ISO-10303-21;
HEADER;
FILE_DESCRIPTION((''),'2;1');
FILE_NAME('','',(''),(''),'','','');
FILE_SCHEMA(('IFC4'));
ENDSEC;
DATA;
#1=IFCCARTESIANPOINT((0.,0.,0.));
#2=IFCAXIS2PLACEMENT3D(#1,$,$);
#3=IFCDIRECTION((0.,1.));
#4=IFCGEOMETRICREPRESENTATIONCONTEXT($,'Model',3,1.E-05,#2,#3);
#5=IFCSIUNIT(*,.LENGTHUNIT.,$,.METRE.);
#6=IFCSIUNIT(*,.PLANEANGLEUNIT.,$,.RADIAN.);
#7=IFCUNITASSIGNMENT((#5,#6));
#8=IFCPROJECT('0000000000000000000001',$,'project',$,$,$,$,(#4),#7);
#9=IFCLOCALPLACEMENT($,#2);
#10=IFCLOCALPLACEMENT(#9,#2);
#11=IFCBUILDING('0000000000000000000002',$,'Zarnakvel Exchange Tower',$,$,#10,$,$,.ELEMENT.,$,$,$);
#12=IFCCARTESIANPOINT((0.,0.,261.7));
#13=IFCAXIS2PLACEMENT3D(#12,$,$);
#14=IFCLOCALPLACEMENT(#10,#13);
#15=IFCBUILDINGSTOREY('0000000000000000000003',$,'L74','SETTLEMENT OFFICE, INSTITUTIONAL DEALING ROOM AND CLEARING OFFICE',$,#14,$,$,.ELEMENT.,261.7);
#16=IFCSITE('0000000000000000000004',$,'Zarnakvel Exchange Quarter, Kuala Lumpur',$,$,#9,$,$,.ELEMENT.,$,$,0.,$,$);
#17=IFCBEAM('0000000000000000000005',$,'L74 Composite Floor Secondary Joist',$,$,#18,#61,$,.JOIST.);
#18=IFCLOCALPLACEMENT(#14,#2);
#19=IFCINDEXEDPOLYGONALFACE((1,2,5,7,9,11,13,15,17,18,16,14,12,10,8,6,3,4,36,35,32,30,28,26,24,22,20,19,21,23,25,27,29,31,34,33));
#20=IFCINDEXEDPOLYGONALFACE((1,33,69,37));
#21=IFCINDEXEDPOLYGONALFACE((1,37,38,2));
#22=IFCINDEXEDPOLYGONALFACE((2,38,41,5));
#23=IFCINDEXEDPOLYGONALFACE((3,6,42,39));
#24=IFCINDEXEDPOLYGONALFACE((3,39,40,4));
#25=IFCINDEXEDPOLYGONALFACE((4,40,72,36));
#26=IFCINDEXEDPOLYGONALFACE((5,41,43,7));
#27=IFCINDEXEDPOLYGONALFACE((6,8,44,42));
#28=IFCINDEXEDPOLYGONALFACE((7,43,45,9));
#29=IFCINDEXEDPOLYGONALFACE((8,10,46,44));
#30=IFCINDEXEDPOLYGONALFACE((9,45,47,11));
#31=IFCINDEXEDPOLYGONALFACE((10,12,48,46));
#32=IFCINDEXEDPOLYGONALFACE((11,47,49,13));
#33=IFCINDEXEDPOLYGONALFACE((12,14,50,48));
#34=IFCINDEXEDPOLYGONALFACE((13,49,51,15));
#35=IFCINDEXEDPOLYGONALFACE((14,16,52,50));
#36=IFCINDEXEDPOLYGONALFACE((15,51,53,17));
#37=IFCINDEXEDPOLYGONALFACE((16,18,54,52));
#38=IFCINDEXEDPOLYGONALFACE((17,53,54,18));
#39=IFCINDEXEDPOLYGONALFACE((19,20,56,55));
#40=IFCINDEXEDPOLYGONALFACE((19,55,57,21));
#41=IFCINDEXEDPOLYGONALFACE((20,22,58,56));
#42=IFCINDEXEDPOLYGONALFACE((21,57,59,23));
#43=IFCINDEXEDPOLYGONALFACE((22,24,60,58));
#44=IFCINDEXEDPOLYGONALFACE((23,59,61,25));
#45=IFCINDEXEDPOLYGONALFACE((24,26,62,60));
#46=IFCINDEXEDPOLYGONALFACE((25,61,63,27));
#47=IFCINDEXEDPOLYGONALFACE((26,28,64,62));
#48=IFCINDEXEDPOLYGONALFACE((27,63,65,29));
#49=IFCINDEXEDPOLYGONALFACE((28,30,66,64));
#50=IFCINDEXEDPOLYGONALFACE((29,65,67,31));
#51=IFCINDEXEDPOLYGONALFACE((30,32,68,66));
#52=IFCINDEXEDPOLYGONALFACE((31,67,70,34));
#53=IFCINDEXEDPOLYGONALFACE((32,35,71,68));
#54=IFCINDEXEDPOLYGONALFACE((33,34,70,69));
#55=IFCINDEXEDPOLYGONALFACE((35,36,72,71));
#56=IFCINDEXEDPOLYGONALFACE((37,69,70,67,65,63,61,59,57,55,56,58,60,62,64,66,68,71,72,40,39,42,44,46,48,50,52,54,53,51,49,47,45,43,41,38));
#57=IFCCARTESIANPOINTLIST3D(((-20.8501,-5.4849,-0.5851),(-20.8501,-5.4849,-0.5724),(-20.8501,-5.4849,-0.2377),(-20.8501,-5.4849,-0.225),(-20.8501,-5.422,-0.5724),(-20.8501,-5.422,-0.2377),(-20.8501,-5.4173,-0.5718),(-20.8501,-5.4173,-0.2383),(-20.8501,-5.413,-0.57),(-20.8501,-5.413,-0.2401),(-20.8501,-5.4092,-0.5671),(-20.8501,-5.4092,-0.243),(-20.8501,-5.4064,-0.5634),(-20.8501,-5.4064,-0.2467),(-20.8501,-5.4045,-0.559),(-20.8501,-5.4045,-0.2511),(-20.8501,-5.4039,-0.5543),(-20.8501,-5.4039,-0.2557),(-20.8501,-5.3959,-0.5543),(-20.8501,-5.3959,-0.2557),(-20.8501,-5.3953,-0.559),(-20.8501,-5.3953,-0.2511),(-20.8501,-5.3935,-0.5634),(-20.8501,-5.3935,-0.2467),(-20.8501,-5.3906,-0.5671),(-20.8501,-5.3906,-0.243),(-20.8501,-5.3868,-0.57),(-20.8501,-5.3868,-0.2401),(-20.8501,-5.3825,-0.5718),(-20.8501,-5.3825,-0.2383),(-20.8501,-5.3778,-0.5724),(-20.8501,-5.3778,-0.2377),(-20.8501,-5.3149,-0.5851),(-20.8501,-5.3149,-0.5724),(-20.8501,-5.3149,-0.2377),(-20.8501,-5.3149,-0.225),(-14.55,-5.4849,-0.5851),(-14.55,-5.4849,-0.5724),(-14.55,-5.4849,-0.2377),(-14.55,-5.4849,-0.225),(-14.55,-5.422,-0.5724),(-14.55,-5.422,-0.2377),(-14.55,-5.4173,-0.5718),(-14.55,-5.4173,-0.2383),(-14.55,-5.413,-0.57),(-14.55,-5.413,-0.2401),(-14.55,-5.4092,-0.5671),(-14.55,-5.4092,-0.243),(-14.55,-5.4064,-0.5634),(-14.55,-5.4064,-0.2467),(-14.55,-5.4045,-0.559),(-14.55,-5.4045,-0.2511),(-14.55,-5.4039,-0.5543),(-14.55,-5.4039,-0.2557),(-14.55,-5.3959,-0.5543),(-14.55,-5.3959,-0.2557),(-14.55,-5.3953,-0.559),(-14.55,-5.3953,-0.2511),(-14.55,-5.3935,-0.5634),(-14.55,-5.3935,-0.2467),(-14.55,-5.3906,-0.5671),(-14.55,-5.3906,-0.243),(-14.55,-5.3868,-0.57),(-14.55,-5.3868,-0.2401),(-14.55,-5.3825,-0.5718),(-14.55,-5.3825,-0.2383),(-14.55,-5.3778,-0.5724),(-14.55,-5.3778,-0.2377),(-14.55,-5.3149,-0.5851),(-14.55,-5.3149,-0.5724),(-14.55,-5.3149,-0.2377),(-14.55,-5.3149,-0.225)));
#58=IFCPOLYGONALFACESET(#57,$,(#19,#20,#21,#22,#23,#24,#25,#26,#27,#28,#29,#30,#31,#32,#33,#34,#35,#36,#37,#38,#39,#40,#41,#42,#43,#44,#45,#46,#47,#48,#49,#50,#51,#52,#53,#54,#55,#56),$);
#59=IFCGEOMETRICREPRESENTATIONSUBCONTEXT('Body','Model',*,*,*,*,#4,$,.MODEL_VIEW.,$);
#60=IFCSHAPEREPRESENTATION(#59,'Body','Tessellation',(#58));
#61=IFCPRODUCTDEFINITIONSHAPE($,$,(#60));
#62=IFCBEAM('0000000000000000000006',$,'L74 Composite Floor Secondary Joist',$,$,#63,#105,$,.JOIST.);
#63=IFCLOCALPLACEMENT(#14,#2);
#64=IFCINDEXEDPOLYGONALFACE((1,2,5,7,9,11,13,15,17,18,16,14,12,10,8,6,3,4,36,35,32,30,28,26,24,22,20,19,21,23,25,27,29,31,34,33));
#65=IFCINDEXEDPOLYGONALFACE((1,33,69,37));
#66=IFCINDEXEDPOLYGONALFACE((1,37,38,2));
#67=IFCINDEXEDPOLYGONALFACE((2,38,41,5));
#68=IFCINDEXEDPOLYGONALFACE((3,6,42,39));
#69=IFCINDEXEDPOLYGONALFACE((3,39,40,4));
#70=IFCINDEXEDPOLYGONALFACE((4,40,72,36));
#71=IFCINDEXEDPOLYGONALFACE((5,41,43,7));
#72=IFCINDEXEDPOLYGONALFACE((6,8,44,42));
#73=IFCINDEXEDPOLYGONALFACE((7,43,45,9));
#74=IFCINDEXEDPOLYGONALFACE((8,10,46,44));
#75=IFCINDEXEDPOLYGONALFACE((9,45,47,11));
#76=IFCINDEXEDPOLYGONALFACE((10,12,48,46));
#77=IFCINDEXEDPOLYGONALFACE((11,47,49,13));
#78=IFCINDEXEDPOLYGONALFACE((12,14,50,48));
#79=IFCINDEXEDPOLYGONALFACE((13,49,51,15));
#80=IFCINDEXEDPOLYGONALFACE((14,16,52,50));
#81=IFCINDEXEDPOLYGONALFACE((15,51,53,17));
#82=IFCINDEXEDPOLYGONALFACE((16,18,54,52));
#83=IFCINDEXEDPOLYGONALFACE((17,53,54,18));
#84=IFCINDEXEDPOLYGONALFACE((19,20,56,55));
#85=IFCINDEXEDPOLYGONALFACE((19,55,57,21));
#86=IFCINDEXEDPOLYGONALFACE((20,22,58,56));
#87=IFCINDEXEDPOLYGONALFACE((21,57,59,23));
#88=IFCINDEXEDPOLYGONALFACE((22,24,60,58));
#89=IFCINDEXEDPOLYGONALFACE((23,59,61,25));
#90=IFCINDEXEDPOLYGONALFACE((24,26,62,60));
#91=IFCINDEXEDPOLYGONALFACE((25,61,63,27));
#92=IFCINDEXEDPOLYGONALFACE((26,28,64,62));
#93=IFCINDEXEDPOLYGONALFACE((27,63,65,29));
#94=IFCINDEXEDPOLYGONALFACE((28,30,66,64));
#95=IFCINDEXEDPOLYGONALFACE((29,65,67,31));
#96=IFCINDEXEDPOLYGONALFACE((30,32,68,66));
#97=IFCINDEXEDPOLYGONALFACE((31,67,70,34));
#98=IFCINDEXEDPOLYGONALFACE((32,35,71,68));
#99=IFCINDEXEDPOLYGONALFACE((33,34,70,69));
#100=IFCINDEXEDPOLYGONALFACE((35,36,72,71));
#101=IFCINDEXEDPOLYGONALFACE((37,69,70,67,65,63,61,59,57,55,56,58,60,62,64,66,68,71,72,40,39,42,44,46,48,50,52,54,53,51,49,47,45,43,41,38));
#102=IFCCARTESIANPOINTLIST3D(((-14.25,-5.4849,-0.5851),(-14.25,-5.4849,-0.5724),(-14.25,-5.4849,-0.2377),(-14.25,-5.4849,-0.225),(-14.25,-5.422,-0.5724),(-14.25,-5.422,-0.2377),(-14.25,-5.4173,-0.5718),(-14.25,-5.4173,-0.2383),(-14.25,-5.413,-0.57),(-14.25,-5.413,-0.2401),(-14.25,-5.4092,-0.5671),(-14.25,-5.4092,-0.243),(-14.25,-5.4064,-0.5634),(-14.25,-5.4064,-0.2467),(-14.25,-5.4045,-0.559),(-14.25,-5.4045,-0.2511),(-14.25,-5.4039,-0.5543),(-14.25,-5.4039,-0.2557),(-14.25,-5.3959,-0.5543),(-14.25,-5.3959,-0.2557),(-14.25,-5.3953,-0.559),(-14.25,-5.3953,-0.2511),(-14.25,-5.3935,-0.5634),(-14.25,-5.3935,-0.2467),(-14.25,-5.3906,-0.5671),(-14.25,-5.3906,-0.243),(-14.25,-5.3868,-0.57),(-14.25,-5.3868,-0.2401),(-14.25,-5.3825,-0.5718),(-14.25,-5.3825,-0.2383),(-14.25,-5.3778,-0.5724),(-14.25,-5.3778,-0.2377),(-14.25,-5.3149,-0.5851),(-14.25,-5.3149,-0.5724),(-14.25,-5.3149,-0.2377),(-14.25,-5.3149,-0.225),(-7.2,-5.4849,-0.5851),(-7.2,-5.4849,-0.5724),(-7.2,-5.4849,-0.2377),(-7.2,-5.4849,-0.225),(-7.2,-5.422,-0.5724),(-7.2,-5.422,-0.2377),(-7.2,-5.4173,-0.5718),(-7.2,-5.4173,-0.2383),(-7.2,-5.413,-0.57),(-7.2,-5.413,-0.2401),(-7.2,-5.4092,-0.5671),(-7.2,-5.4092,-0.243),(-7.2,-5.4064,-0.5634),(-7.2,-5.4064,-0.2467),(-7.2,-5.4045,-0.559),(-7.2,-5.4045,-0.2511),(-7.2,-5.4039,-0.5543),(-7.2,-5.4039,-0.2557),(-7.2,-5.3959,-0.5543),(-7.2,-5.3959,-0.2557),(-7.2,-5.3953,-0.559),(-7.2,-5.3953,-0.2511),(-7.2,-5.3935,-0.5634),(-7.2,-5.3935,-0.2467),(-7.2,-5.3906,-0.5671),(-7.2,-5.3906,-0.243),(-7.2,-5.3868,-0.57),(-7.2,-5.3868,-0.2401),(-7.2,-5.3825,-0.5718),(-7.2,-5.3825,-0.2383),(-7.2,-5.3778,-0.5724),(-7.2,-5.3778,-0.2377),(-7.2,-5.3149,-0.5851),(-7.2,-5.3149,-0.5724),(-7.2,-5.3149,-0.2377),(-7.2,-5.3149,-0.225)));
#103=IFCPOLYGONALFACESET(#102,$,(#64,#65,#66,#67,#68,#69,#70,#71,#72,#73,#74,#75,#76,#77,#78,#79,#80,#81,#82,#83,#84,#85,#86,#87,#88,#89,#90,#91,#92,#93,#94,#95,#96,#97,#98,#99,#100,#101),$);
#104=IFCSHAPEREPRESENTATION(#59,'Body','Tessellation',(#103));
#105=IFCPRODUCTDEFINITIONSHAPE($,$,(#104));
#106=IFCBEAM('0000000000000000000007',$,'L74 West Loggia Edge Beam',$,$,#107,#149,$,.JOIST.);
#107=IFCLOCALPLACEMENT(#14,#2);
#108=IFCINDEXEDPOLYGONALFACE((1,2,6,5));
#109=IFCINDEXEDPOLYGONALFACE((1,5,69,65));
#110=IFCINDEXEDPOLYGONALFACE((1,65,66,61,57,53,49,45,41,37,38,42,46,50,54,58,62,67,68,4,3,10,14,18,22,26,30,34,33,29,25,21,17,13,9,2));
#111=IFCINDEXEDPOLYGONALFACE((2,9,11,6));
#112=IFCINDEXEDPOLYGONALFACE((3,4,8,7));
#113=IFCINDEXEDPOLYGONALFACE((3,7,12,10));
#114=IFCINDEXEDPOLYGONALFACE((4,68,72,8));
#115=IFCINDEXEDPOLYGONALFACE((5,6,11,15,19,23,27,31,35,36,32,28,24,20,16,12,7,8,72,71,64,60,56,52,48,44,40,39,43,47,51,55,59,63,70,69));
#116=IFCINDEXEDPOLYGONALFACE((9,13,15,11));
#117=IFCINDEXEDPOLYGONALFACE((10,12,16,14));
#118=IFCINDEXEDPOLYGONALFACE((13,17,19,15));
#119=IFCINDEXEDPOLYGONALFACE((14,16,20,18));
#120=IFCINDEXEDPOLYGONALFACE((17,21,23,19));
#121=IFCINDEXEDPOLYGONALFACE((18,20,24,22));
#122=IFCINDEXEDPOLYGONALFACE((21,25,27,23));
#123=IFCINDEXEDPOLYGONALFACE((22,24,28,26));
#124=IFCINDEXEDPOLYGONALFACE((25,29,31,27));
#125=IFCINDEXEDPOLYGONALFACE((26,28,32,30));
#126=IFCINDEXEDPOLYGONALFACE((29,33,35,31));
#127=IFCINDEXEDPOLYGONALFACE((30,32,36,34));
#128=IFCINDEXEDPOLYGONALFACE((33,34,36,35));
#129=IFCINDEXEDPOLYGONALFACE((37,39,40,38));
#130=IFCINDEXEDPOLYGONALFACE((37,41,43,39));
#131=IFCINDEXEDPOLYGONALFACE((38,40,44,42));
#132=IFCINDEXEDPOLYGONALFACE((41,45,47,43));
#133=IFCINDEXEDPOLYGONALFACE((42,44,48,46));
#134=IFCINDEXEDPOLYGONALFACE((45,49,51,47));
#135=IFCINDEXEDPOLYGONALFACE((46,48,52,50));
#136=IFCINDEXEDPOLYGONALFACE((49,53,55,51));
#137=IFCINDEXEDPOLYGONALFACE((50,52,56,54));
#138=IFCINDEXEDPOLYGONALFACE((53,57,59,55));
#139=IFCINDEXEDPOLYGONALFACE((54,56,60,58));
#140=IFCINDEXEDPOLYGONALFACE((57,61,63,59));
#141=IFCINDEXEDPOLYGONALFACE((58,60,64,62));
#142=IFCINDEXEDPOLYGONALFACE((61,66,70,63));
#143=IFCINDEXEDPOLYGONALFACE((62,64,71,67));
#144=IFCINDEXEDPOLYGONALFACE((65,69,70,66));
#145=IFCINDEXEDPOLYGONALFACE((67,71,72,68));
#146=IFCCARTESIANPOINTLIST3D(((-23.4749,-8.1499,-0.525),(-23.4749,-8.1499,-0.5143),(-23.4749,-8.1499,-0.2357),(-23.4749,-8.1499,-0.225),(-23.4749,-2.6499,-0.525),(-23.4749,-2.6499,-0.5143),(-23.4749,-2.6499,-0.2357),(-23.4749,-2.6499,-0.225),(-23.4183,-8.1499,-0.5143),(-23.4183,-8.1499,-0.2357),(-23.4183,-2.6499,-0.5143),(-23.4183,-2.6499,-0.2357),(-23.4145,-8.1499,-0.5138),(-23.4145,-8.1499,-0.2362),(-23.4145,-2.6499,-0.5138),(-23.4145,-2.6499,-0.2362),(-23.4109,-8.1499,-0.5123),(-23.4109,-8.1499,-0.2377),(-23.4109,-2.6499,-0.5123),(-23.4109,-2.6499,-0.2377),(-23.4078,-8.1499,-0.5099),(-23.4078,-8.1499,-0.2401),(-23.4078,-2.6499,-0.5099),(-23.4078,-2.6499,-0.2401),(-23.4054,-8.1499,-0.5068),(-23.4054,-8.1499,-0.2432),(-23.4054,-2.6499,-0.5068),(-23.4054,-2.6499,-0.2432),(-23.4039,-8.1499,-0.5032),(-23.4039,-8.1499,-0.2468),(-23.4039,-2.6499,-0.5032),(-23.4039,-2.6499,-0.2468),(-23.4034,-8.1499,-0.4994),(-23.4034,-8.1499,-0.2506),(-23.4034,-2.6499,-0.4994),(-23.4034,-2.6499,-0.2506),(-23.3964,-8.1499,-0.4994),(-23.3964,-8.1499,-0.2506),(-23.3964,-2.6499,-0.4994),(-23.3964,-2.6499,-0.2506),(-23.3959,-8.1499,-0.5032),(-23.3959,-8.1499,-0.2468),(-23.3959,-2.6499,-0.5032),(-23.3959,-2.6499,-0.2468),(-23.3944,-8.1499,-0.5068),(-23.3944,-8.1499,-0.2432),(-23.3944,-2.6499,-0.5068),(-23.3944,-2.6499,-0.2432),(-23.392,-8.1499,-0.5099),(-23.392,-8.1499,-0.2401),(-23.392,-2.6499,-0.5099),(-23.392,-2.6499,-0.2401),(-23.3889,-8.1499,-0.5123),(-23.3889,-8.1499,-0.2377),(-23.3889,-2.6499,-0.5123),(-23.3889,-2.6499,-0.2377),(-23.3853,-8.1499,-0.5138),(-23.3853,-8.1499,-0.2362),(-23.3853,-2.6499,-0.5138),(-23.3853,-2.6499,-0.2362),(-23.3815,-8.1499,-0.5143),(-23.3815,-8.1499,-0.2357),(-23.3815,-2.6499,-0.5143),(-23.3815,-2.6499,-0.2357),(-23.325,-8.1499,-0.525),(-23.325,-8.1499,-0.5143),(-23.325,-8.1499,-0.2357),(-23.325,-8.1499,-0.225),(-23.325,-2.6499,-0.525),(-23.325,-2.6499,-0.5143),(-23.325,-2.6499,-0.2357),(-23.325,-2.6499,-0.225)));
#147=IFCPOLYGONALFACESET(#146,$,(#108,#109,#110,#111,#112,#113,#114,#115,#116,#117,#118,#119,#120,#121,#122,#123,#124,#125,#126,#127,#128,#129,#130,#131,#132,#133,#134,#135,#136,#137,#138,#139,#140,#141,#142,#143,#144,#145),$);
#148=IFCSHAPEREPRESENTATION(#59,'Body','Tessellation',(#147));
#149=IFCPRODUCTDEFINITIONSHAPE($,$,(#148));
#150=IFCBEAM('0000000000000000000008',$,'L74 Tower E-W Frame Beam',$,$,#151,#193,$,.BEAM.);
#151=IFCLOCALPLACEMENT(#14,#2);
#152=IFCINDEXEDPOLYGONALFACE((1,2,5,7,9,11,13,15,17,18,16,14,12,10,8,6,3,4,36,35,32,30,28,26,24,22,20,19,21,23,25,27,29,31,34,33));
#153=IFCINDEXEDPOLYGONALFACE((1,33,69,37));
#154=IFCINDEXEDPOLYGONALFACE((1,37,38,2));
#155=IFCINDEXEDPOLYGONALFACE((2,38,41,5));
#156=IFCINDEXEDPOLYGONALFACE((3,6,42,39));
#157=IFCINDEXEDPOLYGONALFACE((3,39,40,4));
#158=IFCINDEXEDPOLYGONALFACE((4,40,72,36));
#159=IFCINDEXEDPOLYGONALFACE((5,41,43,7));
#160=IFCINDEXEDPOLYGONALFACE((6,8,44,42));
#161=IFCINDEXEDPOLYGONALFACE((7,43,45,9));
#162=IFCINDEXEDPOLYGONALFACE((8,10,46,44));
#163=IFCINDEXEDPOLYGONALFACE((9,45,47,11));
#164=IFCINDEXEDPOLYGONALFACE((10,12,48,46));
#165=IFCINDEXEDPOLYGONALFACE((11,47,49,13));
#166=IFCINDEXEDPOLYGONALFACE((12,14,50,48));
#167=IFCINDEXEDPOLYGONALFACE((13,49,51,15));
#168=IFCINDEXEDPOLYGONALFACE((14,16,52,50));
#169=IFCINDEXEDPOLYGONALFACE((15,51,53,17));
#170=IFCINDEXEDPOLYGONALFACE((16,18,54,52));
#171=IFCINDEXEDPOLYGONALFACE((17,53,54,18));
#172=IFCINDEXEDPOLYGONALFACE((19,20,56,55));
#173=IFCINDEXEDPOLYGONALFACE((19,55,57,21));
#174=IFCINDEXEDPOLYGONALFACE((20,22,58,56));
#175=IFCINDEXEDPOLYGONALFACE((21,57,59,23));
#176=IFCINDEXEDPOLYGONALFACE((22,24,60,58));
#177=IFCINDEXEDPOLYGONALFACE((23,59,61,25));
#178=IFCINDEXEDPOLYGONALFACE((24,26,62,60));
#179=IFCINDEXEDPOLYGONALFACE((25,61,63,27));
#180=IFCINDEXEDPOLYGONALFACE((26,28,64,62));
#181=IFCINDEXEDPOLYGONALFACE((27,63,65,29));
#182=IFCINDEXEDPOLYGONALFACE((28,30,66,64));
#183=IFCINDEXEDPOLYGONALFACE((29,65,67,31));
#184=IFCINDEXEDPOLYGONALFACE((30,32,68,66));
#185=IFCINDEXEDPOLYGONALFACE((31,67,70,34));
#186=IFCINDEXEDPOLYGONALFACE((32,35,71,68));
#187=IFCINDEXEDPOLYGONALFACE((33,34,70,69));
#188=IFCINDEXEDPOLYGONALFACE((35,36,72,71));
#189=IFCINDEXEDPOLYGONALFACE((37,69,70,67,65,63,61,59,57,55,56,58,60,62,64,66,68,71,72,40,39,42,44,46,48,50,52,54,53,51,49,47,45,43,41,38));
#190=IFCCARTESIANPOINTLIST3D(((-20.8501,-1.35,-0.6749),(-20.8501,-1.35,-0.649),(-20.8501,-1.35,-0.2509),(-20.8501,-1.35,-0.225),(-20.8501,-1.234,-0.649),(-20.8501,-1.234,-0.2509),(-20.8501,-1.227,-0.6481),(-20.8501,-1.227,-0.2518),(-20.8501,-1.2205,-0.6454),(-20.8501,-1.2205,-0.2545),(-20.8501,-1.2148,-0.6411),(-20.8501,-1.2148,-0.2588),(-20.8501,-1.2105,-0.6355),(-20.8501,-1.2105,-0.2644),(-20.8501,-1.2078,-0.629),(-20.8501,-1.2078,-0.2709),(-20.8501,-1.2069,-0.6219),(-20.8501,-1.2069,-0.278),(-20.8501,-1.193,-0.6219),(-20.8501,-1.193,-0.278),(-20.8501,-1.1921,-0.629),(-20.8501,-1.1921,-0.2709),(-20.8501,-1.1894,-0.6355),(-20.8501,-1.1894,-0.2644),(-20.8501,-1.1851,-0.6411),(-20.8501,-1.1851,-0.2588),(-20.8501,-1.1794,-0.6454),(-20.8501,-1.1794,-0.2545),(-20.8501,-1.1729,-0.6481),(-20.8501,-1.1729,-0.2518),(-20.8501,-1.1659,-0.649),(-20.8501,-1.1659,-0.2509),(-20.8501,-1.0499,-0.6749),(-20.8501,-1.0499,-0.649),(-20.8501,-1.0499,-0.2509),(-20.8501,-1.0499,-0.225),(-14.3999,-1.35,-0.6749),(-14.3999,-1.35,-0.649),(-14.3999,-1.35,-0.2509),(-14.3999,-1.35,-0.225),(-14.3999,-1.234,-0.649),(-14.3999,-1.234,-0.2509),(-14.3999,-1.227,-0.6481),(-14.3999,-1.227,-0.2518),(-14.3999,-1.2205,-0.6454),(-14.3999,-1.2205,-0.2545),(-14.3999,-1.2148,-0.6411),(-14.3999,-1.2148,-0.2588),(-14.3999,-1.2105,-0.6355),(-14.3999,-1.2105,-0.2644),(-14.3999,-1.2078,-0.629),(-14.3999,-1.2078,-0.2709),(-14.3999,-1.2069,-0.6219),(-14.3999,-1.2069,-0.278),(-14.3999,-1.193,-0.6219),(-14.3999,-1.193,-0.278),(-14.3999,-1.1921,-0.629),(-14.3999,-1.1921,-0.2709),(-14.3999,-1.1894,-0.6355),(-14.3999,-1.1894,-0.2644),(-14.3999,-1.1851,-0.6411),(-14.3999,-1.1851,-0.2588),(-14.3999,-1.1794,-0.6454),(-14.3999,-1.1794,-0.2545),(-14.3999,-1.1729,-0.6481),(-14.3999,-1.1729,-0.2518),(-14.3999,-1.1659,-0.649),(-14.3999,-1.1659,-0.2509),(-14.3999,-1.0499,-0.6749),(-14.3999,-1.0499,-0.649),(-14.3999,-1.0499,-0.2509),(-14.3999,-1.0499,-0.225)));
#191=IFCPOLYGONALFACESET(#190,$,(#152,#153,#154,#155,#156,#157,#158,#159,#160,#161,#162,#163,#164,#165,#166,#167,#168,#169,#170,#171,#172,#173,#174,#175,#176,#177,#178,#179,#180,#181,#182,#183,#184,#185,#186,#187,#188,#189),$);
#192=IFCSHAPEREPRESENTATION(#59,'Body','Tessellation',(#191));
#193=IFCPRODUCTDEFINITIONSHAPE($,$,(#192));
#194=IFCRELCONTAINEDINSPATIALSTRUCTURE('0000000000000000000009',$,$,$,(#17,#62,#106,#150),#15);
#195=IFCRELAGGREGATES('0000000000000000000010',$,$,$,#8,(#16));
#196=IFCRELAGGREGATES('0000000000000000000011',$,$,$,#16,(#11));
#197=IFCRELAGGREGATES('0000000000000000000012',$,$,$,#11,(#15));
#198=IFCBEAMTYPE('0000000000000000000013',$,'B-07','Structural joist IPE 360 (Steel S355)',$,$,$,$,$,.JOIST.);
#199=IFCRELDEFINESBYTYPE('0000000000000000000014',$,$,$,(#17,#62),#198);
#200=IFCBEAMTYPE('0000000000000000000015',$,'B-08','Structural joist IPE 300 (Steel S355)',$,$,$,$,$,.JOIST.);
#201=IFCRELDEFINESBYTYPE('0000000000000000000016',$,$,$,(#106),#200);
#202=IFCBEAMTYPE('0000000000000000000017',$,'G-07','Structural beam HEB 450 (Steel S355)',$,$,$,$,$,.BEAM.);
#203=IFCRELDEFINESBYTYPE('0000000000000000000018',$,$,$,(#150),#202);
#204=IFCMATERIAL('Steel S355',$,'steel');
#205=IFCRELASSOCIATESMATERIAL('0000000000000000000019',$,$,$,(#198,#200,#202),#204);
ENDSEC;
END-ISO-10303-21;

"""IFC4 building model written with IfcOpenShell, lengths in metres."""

from ifc_helpers import new_model, si_unit, direction, frame, origin, origin_2d, place, context, subcontext, project, spatial, i_section, extrude, material, material_profile, profile_set, type_object, element, save


model = new_model("IFC4")

# Units and contexts
model_context = context("Model", 3, precision=1e-05, world=origin(), true_north=direction((0.0, 1.0)))
body_context = subcontext(model_context, "Body", "Model", "MODEL_VIEW")
ifc_project = project(units=[si_unit("LENGTHUNIT", "METRE"), si_unit("PLANEANGLEUNIT", "RADIAN")], contexts=[model_context])

# Site, building, storey
site_placement = place(None, origin())
site = spatial("IfcSite", under=ifc_project, at=site_placement, Name="Zarnakvel Exchange Quarter, Kuala Lumpur", CompositionType="ELEMENT", RefElevation=0.0)
building_placement = place(site_placement, origin())
building = spatial("IfcBuilding", under=site, at=building_placement, Name="Zarnakvel Exchange Tower", CompositionType="ELEMENT")
storey_placement = place(building_placement, frame((0.0, 0.0, 261.7)))
storey = spatial("IfcBuildingStorey", under=building, at=storey_placement, Name="L74", Description="SETTLEMENT OFFICE, INSTITUTIONAL DEALING ROOM AND CLEARING OFFICE", CompositionType="ELEMENT", Elevation=261.7)

# Shared definitions
ifc_material_1 = material(Name="Steel S355", Category="steel")

# Beams
ifc_material_profile_1 = material_profile(ifc_material_1, i_section(OverallWidth=0.1699, OverallDepth=0.3601, WebThickness=0.0081, FlangeThickness=0.0127, FilletRadius=0.0181, at=origin_2d()))
ifc_profile_set_1 = profile_set([ifc_material_profile_1], Name="Steel S355")
beam_type_1 = type_object("IfcBeamType", Name="B-07", Description="Structural joist IPE 360 (Steel S355)", PredefinedType="JOIST", material=ifc_profile_set_1)
beam_1_placement = place(storey_placement, frame((-20.8501, -5.3999, -0.405), z_axis=(1.0, 0.0, 0.0), x_axis=(0.0, 1.0, 0.0)))
element("IfcBeam", 1, at=beam_1_placement, inside=storey, type_object=beam_type_1, Name="L74 Composite Floor Secondary Joist", PredefinedType="JOIST", context=body_context, shape_type="SweptSolid", body=[
    extrude(i_section(OverallWidth=0.1699, OverallDepth=0.3601, WebThickness=0.0081, FlangeThickness=0.0127, FilletRadius=0.0181, at=origin_2d()), origin(), (0.0, 0.0, 1.0), 6.3),
])
beam_2_placement = place(storey_placement, frame((-14.25, -5.3999, -0.405), z_axis=(1.0, 0.0, 0.0), x_axis=(0.0, 1.0, 0.0)))
element("IfcBeam", 2, at=beam_2_placement, inside=storey, type_object=beam_type_1, Name="L74 Composite Floor Secondary Joist", PredefinedType="JOIST", context=body_context, shape_type="SweptSolid", body=[
    extrude(i_section(OverallWidth=0.1699, OverallDepth=0.3601, WebThickness=0.0081, FlangeThickness=0.0127, FilletRadius=0.0181, at=origin_2d()), origin(), (0.0, 0.0, 1.0), 7.05),
])
ifc_material_profile_2 = material_profile(ifc_material_1, i_section(OverallWidth=0.1499, OverallDepth=0.3, WebThickness=0.0071, FlangeThickness=0.0107, FilletRadius=0.0149, at=origin_2d()))
ifc_profile_set_2 = profile_set([ifc_material_profile_2], Name="Steel S355")
beam_type_2 = type_object("IfcBeamType", Name="B-08", Description="Structural joist IPE 300 (Steel S355)", PredefinedType="JOIST", material=ifc_profile_set_2)
beam_3_placement = place(storey_placement, frame((-23.3999, -8.1499, -0.375), z_axis=(0.0, 1.0, 0.0), x_axis=(-1.0, 0.0, 0.0)))
element("IfcBeam", 3, at=beam_3_placement, inside=storey, type_object=beam_type_2, Name="L74 West Loggia Edge Beam", PredefinedType="JOIST", context=body_context, shape_type="SweptSolid", body=[
    extrude(i_section(OverallWidth=0.1499, OverallDepth=0.3, WebThickness=0.0071, FlangeThickness=0.0107, FilletRadius=0.0149, at=origin_2d()), origin(), (0.0, 0.0, 1.0), 5.5),
])
ifc_material_profile_3 = material_profile(ifc_material_1, i_section(OverallWidth=0.3, OverallDepth=0.45, WebThickness=0.0139, FlangeThickness=0.0259, FilletRadius=0.0271, at=origin_2d()))
ifc_profile_set_3 = profile_set([ifc_material_profile_3], Name="Steel S355")
beam_type_3 = type_object("IfcBeamType", Name="G-07", Description="Structural beam HEB 450 (Steel S355)", PredefinedType="BEAM", material=ifc_profile_set_3)
beam_4_placement = place(storey_placement, frame((-20.8501, -1.2, -0.45), z_axis=(1.0, 0.0, 0.0), x_axis=(0.0, 1.0, 0.0)))
element("IfcBeam", 4, at=beam_4_placement, inside=storey, type_object=beam_type_3, Name="L74 Tower E-W Frame Beam", PredefinedType="BEAM", context=body_context, shape_type="SweptSolid", body=[
    extrude(i_section(OverallWidth=0.3, OverallDepth=0.45, WebThickness=0.0139, FlangeThickness=0.0259, FilletRadius=0.0271, at=origin_2d()), origin(), (0.0, 0.0, 1.0), 6.4502),
])

save(model, "model.ifc")
